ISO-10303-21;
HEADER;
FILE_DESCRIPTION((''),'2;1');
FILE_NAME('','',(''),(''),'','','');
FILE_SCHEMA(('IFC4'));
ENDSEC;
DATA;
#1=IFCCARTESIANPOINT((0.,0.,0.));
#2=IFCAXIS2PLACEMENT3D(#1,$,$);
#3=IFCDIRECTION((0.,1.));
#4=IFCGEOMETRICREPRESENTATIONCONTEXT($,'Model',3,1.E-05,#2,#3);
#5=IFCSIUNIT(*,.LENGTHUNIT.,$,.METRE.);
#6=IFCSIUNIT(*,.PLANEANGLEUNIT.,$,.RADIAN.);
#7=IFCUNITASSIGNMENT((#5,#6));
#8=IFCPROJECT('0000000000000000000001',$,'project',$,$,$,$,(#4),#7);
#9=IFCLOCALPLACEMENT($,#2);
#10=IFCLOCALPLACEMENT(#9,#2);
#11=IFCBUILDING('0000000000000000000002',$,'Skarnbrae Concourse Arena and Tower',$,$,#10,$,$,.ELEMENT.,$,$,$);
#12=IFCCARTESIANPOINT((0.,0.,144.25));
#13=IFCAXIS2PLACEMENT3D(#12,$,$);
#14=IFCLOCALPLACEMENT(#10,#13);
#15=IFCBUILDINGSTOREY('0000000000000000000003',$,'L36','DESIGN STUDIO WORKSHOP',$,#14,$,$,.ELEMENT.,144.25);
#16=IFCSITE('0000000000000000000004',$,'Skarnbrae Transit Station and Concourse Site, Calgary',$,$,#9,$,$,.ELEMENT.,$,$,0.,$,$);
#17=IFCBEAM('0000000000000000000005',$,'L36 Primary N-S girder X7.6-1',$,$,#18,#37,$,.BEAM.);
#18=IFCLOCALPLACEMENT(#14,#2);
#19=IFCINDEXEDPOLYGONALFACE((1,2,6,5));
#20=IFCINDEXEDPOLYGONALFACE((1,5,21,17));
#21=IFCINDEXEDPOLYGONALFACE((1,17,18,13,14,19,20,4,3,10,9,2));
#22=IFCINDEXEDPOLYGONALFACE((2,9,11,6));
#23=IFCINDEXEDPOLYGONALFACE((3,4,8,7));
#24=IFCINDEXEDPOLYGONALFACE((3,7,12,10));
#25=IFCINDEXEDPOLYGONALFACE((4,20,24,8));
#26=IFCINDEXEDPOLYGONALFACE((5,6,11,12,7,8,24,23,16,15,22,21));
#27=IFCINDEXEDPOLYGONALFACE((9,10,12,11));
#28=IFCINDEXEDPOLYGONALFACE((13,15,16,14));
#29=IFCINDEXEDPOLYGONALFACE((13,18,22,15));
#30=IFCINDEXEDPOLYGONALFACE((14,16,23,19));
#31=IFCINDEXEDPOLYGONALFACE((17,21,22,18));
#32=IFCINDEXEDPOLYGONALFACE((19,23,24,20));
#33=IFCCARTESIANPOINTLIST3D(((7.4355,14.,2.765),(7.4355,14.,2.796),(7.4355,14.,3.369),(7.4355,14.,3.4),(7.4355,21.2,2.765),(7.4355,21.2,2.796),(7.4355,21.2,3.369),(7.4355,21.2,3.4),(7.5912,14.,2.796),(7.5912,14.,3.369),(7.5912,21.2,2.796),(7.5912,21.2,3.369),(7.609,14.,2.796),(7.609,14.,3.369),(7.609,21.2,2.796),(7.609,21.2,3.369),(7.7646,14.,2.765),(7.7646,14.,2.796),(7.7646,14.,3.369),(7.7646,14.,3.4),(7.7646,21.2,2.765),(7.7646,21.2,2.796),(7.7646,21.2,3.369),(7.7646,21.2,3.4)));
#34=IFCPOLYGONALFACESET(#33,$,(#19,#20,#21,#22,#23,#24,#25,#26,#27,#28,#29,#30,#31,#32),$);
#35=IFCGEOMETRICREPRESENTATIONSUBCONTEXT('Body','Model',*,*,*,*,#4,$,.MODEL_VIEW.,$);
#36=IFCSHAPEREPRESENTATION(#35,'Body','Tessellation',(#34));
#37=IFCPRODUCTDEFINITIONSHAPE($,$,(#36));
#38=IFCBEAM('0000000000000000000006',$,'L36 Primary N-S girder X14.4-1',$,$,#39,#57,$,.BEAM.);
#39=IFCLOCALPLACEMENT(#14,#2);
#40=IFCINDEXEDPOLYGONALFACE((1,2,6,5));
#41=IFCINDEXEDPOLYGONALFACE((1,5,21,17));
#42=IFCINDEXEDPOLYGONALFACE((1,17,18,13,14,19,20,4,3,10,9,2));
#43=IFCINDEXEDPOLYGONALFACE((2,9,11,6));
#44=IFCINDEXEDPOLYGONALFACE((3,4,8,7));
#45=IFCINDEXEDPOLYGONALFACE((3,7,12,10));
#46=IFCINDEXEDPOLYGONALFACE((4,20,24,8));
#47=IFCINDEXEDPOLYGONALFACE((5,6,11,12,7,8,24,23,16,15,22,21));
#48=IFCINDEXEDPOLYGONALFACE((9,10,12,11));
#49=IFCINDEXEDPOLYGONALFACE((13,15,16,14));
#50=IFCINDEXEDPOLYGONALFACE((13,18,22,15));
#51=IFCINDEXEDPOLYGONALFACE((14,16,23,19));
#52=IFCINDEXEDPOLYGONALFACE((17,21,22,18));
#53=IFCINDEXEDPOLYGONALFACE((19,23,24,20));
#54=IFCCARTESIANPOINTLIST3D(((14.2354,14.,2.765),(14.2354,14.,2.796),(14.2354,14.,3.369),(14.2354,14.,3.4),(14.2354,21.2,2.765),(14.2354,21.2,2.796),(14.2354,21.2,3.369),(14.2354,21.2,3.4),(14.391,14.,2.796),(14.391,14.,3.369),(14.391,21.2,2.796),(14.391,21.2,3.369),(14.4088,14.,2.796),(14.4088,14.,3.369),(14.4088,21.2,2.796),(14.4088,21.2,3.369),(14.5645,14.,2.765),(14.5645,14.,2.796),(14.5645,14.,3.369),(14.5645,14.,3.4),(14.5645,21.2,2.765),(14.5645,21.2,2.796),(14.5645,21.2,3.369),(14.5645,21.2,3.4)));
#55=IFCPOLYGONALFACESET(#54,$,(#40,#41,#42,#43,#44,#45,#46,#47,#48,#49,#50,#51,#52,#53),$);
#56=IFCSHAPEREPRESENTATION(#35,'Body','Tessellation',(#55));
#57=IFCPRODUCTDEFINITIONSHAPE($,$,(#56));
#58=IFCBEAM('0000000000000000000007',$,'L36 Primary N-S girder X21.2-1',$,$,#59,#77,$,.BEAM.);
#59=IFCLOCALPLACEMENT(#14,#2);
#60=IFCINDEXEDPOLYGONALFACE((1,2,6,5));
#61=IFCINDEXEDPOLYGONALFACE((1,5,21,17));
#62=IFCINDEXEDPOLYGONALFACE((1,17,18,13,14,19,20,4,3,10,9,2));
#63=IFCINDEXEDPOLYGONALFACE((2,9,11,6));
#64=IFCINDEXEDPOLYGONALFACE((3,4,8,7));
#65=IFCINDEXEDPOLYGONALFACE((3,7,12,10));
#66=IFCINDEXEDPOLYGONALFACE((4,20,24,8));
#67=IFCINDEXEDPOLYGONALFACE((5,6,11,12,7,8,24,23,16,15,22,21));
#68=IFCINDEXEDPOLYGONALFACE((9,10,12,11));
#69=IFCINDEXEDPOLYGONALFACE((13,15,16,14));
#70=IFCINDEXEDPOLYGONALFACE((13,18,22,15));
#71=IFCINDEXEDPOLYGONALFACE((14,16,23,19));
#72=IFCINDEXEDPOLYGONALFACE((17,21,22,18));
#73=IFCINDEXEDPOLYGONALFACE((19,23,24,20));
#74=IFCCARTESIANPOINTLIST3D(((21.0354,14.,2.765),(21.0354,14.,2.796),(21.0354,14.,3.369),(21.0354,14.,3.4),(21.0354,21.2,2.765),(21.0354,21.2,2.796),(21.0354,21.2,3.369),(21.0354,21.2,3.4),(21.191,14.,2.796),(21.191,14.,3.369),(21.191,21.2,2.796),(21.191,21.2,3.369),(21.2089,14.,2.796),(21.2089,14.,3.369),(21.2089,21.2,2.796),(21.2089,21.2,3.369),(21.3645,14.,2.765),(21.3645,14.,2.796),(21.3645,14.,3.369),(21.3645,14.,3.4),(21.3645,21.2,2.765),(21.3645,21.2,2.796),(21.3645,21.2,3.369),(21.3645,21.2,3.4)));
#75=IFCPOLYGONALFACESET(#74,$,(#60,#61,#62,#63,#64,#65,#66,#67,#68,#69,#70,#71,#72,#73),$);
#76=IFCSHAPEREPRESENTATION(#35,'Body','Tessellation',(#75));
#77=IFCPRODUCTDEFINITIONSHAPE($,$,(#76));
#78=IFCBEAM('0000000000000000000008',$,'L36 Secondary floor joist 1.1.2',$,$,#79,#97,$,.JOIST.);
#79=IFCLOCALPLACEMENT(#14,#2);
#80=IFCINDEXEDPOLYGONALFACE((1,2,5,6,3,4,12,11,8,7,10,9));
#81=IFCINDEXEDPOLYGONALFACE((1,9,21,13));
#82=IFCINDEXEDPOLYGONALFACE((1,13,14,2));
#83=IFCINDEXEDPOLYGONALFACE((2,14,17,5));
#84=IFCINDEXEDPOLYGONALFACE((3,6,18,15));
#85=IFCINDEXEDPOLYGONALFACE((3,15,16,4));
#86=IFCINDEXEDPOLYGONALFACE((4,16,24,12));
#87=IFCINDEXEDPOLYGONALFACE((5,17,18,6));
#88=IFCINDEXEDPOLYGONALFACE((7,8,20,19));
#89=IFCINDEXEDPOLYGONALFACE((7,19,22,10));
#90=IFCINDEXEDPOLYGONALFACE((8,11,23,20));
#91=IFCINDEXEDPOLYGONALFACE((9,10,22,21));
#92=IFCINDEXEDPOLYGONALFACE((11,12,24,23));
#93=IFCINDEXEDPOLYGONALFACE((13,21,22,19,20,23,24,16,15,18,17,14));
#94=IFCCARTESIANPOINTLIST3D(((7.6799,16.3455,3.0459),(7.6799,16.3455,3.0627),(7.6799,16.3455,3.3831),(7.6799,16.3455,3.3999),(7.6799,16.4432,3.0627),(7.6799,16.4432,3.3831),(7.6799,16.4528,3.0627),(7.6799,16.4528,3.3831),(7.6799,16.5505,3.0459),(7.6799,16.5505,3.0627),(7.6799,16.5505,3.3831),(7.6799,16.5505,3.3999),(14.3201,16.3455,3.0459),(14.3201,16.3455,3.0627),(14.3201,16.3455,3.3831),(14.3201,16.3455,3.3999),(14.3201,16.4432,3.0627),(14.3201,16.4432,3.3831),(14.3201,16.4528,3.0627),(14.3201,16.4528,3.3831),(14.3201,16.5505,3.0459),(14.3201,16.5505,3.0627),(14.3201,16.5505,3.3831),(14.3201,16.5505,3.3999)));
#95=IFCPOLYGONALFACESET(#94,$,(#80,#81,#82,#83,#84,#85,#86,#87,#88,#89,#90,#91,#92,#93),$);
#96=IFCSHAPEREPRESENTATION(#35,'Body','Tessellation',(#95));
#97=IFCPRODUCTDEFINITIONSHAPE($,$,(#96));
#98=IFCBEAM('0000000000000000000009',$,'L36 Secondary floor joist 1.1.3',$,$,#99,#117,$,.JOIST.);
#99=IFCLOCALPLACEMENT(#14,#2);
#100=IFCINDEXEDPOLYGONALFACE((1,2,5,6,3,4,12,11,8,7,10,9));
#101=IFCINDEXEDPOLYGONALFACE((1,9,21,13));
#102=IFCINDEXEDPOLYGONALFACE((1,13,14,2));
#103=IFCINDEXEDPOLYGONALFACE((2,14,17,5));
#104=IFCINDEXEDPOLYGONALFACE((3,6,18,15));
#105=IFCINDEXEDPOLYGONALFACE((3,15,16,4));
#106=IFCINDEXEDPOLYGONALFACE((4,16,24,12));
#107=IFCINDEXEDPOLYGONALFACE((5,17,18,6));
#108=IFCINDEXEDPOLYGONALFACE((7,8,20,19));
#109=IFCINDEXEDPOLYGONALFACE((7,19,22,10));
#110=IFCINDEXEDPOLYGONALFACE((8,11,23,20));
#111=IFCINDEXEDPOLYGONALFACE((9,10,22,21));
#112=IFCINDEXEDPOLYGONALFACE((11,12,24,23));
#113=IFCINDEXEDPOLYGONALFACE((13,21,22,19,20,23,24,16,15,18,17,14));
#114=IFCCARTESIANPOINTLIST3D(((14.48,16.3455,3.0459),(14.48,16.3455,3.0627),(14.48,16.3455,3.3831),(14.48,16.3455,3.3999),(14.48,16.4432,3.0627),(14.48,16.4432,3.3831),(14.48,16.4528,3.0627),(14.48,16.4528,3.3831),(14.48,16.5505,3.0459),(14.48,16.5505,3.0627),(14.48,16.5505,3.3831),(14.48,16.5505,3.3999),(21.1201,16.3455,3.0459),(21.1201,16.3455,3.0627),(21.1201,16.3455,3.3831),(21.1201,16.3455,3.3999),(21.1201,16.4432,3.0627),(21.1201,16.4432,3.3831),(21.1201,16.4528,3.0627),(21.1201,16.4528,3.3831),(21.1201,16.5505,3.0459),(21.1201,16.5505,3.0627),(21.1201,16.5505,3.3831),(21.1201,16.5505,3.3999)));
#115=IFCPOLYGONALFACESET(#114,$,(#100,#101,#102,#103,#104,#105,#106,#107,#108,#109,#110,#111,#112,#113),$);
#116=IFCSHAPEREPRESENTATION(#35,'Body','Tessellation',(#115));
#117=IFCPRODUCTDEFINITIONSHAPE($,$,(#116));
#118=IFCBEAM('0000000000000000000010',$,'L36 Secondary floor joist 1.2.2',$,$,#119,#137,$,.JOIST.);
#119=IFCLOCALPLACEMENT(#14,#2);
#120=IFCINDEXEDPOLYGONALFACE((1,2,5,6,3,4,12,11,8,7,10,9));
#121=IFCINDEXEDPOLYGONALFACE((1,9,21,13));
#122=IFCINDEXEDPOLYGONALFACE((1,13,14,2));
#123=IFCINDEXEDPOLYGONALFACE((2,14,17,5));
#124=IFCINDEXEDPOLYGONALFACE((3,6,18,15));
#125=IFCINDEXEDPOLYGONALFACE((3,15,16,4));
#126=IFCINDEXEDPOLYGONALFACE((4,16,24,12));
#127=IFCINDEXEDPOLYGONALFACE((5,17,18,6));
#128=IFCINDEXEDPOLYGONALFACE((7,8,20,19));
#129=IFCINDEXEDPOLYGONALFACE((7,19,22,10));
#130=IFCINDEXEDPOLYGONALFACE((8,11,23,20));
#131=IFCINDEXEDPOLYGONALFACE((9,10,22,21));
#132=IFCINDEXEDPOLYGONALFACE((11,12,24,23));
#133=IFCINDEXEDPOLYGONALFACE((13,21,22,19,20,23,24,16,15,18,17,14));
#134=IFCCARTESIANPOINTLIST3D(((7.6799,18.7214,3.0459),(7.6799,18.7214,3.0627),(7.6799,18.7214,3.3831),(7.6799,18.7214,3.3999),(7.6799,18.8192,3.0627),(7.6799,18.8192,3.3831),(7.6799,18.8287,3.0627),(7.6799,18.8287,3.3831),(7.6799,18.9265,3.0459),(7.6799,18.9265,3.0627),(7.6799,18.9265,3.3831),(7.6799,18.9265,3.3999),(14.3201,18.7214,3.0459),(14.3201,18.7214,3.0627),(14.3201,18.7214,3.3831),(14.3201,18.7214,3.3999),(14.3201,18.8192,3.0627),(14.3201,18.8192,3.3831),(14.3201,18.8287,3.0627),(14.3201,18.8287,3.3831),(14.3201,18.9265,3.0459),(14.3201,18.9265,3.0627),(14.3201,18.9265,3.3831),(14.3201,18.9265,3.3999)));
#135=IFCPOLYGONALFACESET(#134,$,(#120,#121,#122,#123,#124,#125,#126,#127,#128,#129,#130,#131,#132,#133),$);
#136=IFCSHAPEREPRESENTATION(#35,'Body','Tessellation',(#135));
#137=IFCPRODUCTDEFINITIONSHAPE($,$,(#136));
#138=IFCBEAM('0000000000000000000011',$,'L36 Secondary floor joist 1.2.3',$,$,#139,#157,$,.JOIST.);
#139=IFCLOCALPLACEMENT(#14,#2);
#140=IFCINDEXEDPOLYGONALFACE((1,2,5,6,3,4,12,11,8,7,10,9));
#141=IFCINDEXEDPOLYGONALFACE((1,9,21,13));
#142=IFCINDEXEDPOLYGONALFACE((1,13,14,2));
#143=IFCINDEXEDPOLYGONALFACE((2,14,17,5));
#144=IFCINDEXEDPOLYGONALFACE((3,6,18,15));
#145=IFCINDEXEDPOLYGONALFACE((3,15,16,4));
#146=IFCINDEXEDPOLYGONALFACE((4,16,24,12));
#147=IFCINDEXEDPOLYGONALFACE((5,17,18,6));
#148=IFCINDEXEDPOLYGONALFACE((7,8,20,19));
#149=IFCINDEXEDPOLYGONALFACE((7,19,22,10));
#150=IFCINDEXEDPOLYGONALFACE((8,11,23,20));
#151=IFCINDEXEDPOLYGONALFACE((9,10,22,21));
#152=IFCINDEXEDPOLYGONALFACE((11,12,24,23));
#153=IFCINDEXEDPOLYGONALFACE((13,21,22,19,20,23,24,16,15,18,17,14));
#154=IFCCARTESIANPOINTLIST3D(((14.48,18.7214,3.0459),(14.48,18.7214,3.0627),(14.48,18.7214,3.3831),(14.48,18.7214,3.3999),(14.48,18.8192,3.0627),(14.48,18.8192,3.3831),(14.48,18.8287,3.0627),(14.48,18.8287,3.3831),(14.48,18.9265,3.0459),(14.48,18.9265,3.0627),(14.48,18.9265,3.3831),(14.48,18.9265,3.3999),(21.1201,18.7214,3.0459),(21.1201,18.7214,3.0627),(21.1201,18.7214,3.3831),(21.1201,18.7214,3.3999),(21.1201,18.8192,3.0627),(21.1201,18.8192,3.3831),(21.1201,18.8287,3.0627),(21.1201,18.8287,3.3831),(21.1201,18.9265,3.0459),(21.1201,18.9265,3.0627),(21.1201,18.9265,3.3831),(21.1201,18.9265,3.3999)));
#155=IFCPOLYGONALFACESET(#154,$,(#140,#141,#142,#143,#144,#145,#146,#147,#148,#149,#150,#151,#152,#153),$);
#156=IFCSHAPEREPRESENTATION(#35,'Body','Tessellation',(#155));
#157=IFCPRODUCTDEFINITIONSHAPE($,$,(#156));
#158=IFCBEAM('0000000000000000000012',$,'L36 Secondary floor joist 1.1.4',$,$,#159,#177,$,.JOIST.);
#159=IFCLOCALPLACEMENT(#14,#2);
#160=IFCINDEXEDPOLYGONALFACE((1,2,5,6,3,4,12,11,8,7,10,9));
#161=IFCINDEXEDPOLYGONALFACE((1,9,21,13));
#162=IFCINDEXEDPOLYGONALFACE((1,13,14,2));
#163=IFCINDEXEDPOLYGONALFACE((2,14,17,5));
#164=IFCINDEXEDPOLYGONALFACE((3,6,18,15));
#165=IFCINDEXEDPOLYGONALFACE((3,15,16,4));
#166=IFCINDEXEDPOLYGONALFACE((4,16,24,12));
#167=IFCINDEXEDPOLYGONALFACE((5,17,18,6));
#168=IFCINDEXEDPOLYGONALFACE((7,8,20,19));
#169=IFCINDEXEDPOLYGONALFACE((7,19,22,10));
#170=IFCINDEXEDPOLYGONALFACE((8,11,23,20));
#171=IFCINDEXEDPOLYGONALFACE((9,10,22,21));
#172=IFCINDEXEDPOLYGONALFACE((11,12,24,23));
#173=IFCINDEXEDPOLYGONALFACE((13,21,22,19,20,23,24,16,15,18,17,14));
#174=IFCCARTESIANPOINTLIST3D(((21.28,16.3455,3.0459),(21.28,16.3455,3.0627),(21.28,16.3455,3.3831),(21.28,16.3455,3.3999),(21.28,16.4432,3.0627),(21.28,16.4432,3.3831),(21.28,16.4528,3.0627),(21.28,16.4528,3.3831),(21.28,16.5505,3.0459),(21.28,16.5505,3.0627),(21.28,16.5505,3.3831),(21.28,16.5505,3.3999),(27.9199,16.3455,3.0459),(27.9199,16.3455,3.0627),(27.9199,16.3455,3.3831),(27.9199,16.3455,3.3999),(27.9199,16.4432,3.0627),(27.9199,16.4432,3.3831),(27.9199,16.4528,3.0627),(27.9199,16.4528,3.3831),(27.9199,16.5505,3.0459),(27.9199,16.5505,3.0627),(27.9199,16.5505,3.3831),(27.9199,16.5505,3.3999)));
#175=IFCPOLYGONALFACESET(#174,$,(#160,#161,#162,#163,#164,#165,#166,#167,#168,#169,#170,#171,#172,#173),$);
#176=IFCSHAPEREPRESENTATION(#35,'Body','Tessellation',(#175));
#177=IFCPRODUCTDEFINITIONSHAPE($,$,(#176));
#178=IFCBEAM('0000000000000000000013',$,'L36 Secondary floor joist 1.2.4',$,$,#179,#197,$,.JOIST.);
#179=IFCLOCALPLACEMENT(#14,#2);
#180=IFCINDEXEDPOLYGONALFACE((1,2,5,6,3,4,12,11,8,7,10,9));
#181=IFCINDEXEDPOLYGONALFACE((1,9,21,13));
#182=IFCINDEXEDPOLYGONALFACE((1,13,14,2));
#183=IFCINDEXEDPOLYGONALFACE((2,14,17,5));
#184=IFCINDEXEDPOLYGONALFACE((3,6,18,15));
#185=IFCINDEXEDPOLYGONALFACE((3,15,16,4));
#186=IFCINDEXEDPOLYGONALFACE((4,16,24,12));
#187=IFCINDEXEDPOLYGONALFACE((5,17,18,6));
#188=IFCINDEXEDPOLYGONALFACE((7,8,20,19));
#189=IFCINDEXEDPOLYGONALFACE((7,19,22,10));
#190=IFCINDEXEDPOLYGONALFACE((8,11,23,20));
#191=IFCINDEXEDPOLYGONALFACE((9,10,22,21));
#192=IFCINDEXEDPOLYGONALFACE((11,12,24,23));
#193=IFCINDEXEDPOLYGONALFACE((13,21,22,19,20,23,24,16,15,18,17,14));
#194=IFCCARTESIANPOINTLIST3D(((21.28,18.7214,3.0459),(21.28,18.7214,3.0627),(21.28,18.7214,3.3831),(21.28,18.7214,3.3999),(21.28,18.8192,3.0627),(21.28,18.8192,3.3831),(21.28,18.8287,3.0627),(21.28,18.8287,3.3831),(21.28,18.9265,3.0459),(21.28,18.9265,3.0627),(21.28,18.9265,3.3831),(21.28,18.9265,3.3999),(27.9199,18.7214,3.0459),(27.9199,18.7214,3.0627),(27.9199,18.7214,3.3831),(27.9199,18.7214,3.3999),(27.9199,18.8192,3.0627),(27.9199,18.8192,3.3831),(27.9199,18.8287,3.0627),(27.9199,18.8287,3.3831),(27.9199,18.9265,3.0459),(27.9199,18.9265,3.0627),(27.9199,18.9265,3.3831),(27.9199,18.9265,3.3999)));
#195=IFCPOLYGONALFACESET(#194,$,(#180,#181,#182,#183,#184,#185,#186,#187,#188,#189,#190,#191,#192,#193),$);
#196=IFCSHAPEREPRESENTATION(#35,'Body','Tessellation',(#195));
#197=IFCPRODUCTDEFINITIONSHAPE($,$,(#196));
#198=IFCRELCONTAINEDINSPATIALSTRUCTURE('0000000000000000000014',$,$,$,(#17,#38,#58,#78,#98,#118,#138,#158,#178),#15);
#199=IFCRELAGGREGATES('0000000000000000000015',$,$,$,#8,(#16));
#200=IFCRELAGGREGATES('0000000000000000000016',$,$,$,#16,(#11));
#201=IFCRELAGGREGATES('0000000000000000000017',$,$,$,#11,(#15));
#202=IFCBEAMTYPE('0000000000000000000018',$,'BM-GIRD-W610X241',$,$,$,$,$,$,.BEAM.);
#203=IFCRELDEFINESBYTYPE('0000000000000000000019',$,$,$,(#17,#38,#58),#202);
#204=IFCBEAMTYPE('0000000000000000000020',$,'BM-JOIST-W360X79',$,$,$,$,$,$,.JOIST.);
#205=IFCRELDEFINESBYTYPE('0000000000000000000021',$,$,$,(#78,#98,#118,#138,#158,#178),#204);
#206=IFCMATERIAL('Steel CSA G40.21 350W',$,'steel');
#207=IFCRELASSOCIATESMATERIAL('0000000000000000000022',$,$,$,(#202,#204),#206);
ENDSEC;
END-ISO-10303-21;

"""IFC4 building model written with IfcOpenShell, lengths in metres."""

from ifc_helpers import new_model, si_unit, direction, frame, origin, origin_2d, place, context, subcontext, project, spatial, i_section, extrude, source, transform, mapped, material, material_profile, profile_set, type_object, element, save


model = new_model("IFC4")

# Units and contexts
model_context = context("Model", 3, precision=1e-05, world=origin(), true_north=direction((0.0, 1.0)))
body_context = subcontext(model_context, "Body", "Model", "MODEL_VIEW")
ifc_project = project(units=[si_unit("LENGTHUNIT", "METRE"), si_unit("PLANEANGLEUNIT", "RADIAN")], contexts=[model_context])

# Site, building, storey
site_placement = place(None, origin())
site = spatial("IfcSite", under=ifc_project, at=site_placement, Name="Skarnbrae Transit Station and Concourse Site, Calgary", CompositionType="ELEMENT", RefElevation=0.0)
building_placement = place(site_placement, origin())
building = spatial("IfcBuilding", under=site, at=building_placement, Name="Skarnbrae Concourse Arena and Tower", CompositionType="ELEMENT")
storey_placement = place(building_placement, frame((0.0, 0.0, 144.25)))
storey = spatial("IfcBuildingStorey", under=building, at=storey_placement, Name="L36", Description="DESIGN STUDIO WORKSHOP", CompositionType="ELEMENT", Elevation=144.25)

# Shared definitions
ifc_material_1 = material(Name="Steel CSA G40.21 350W", Category="steel")

# Beams
ifc_material_profile_1 = material_profile(ifc_material_1, i_section(OverallWidth=0.3291, OverallDepth=0.635, WebThickness=0.0178, FlangeThickness=0.031, at=origin_2d()), Name="W610X241")
ifc_profile_set_1 = profile_set([ifc_material_profile_1], Name="Steel CSA G40.21 350W")
beam_type_1 = type_object("IfcBeamType", Name="BM-GIRD-W610X241", PredefinedType="BEAM", material=ifc_profile_set_1)
shared_shape_1 = source(origin(), body_context, "Body", "SweptSolid", [
    extrude(i_section(OverallWidth=0.3291, OverallDepth=0.635, WebThickness=0.0178, FlangeThickness=0.031, at=origin_2d()), origin(), (0.0, 0.0, 1.0), 7.2),
])
for number, where, z_axis, x_axis, name in (
    (1, (7.6001, 14.0, 3.0825), (0.0, 1.0, 0.0), (-1.0, 0.0, 0.0), "L36 Primary N-S girder X7.6-1"),
    (2, (14.3999, 14.0, 3.0825), (0.0, 1.0, 0.0), (-1.0, 0.0, 0.0), "L36 Primary N-S girder X14.4-1"),
    (3, (21.2, 14.0, 3.0825), (0.0, 1.0, 0.0), (-1.0, 0.0, 0.0), "L36 Primary N-S girder X21.2-1"),
):
    element("IfcBeam", number, at=place(storey_placement, frame(where, z_axis=z_axis, x_axis=x_axis)), inside=storey, type_object=beam_type_1, Name=name, PredefinedType="BEAM", context=body_context, shape_type="MappedRepresentation", body=[
        mapped(shared_shape_1, transform((0.0, 0.0, 0.0))),
    ])
ifc_material_profile_2 = material_profile(ifc_material_1, i_section(OverallWidth=0.2051, OverallDepth=0.354, WebThickness=0.0095, FlangeThickness=0.0168, at=origin_2d()), Name="W360X79")
ifc_profile_set_2 = profile_set([ifc_material_profile_2], Name="Steel CSA G40.21 350W")
beam_type_2 = type_object("IfcBeamType", Name="BM-JOIST-W360X79", PredefinedType="JOIST", material=ifc_profile_set_2)
shared_shape_2 = source(origin(), body_context, "Body", "SweptSolid", [
    extrude(i_section(OverallWidth=0.2051, OverallDepth=0.354, WebThickness=0.0095, FlangeThickness=0.0168, at=origin_2d()), origin(), (0.0, 0.0, 1.0), 6.6401),
])
for number, where, z_axis, x_axis, name in (
    (4, (7.6799, 16.448, 3.2229), (1.0, 0.0, 0.0), (0.0, 1.0, 0.0), "L36 Secondary floor joist 1.1.2"),
    (5, (14.48, 16.448, 3.2229), (1.0, 0.0, 0.0), (0.0, 1.0, 0.0), "L36 Secondary floor joist 1.1.3"),
    (6, (7.6799, 18.824, 3.2229), (1.0, 0.0, 0.0), (0.0, 1.0, 0.0), "L36 Secondary floor joist 1.2.2"),
    (7, (14.48, 18.824, 3.2229), (1.0, 0.0, 0.0), (0.0, 1.0, 0.0), "L36 Secondary floor joist 1.2.3"),
):
    element("IfcBeam", number, at=place(storey_placement, frame(where, z_axis=z_axis, x_axis=x_axis)), inside=storey, type_object=beam_type_2, Name=name, PredefinedType="JOIST", context=body_context, shape_type="MappedRepresentation", body=[
        mapped(shared_shape_2, transform((0.0, 0.0, 0.0))),
    ])
shared_shape_3 = source(origin(), body_context, "Body", "SweptSolid", [
    extrude(i_section(OverallWidth=0.2051, OverallDepth=0.354, WebThickness=0.0095, FlangeThickness=0.0168, at=origin_2d()), origin(), (0.0, 0.0, 1.0), 6.6399),
])
for number, where, z_axis, x_axis, name in (
    (8, (21.28, 16.448, 3.2229), (1.0, 0.0, 0.0), (0.0, 1.0, 0.0), "L36 Secondary floor joist 1.1.4"),
    (9, (21.28, 18.824, 3.2229), (1.0, 0.0, 0.0), (0.0, 1.0, 0.0), "L36 Secondary floor joist 1.2.4"),
):
    element("IfcBeam", number, at=place(storey_placement, frame(where, z_axis=z_axis, x_axis=x_axis)), inside=storey, type_object=beam_type_2, Name=name, PredefinedType="JOIST", context=body_context, shape_type="MappedRepresentation", body=[
        mapped(shared_shape_3, transform((0.0, 0.0, 0.0))),
    ])

save(model, "model.ifc")
